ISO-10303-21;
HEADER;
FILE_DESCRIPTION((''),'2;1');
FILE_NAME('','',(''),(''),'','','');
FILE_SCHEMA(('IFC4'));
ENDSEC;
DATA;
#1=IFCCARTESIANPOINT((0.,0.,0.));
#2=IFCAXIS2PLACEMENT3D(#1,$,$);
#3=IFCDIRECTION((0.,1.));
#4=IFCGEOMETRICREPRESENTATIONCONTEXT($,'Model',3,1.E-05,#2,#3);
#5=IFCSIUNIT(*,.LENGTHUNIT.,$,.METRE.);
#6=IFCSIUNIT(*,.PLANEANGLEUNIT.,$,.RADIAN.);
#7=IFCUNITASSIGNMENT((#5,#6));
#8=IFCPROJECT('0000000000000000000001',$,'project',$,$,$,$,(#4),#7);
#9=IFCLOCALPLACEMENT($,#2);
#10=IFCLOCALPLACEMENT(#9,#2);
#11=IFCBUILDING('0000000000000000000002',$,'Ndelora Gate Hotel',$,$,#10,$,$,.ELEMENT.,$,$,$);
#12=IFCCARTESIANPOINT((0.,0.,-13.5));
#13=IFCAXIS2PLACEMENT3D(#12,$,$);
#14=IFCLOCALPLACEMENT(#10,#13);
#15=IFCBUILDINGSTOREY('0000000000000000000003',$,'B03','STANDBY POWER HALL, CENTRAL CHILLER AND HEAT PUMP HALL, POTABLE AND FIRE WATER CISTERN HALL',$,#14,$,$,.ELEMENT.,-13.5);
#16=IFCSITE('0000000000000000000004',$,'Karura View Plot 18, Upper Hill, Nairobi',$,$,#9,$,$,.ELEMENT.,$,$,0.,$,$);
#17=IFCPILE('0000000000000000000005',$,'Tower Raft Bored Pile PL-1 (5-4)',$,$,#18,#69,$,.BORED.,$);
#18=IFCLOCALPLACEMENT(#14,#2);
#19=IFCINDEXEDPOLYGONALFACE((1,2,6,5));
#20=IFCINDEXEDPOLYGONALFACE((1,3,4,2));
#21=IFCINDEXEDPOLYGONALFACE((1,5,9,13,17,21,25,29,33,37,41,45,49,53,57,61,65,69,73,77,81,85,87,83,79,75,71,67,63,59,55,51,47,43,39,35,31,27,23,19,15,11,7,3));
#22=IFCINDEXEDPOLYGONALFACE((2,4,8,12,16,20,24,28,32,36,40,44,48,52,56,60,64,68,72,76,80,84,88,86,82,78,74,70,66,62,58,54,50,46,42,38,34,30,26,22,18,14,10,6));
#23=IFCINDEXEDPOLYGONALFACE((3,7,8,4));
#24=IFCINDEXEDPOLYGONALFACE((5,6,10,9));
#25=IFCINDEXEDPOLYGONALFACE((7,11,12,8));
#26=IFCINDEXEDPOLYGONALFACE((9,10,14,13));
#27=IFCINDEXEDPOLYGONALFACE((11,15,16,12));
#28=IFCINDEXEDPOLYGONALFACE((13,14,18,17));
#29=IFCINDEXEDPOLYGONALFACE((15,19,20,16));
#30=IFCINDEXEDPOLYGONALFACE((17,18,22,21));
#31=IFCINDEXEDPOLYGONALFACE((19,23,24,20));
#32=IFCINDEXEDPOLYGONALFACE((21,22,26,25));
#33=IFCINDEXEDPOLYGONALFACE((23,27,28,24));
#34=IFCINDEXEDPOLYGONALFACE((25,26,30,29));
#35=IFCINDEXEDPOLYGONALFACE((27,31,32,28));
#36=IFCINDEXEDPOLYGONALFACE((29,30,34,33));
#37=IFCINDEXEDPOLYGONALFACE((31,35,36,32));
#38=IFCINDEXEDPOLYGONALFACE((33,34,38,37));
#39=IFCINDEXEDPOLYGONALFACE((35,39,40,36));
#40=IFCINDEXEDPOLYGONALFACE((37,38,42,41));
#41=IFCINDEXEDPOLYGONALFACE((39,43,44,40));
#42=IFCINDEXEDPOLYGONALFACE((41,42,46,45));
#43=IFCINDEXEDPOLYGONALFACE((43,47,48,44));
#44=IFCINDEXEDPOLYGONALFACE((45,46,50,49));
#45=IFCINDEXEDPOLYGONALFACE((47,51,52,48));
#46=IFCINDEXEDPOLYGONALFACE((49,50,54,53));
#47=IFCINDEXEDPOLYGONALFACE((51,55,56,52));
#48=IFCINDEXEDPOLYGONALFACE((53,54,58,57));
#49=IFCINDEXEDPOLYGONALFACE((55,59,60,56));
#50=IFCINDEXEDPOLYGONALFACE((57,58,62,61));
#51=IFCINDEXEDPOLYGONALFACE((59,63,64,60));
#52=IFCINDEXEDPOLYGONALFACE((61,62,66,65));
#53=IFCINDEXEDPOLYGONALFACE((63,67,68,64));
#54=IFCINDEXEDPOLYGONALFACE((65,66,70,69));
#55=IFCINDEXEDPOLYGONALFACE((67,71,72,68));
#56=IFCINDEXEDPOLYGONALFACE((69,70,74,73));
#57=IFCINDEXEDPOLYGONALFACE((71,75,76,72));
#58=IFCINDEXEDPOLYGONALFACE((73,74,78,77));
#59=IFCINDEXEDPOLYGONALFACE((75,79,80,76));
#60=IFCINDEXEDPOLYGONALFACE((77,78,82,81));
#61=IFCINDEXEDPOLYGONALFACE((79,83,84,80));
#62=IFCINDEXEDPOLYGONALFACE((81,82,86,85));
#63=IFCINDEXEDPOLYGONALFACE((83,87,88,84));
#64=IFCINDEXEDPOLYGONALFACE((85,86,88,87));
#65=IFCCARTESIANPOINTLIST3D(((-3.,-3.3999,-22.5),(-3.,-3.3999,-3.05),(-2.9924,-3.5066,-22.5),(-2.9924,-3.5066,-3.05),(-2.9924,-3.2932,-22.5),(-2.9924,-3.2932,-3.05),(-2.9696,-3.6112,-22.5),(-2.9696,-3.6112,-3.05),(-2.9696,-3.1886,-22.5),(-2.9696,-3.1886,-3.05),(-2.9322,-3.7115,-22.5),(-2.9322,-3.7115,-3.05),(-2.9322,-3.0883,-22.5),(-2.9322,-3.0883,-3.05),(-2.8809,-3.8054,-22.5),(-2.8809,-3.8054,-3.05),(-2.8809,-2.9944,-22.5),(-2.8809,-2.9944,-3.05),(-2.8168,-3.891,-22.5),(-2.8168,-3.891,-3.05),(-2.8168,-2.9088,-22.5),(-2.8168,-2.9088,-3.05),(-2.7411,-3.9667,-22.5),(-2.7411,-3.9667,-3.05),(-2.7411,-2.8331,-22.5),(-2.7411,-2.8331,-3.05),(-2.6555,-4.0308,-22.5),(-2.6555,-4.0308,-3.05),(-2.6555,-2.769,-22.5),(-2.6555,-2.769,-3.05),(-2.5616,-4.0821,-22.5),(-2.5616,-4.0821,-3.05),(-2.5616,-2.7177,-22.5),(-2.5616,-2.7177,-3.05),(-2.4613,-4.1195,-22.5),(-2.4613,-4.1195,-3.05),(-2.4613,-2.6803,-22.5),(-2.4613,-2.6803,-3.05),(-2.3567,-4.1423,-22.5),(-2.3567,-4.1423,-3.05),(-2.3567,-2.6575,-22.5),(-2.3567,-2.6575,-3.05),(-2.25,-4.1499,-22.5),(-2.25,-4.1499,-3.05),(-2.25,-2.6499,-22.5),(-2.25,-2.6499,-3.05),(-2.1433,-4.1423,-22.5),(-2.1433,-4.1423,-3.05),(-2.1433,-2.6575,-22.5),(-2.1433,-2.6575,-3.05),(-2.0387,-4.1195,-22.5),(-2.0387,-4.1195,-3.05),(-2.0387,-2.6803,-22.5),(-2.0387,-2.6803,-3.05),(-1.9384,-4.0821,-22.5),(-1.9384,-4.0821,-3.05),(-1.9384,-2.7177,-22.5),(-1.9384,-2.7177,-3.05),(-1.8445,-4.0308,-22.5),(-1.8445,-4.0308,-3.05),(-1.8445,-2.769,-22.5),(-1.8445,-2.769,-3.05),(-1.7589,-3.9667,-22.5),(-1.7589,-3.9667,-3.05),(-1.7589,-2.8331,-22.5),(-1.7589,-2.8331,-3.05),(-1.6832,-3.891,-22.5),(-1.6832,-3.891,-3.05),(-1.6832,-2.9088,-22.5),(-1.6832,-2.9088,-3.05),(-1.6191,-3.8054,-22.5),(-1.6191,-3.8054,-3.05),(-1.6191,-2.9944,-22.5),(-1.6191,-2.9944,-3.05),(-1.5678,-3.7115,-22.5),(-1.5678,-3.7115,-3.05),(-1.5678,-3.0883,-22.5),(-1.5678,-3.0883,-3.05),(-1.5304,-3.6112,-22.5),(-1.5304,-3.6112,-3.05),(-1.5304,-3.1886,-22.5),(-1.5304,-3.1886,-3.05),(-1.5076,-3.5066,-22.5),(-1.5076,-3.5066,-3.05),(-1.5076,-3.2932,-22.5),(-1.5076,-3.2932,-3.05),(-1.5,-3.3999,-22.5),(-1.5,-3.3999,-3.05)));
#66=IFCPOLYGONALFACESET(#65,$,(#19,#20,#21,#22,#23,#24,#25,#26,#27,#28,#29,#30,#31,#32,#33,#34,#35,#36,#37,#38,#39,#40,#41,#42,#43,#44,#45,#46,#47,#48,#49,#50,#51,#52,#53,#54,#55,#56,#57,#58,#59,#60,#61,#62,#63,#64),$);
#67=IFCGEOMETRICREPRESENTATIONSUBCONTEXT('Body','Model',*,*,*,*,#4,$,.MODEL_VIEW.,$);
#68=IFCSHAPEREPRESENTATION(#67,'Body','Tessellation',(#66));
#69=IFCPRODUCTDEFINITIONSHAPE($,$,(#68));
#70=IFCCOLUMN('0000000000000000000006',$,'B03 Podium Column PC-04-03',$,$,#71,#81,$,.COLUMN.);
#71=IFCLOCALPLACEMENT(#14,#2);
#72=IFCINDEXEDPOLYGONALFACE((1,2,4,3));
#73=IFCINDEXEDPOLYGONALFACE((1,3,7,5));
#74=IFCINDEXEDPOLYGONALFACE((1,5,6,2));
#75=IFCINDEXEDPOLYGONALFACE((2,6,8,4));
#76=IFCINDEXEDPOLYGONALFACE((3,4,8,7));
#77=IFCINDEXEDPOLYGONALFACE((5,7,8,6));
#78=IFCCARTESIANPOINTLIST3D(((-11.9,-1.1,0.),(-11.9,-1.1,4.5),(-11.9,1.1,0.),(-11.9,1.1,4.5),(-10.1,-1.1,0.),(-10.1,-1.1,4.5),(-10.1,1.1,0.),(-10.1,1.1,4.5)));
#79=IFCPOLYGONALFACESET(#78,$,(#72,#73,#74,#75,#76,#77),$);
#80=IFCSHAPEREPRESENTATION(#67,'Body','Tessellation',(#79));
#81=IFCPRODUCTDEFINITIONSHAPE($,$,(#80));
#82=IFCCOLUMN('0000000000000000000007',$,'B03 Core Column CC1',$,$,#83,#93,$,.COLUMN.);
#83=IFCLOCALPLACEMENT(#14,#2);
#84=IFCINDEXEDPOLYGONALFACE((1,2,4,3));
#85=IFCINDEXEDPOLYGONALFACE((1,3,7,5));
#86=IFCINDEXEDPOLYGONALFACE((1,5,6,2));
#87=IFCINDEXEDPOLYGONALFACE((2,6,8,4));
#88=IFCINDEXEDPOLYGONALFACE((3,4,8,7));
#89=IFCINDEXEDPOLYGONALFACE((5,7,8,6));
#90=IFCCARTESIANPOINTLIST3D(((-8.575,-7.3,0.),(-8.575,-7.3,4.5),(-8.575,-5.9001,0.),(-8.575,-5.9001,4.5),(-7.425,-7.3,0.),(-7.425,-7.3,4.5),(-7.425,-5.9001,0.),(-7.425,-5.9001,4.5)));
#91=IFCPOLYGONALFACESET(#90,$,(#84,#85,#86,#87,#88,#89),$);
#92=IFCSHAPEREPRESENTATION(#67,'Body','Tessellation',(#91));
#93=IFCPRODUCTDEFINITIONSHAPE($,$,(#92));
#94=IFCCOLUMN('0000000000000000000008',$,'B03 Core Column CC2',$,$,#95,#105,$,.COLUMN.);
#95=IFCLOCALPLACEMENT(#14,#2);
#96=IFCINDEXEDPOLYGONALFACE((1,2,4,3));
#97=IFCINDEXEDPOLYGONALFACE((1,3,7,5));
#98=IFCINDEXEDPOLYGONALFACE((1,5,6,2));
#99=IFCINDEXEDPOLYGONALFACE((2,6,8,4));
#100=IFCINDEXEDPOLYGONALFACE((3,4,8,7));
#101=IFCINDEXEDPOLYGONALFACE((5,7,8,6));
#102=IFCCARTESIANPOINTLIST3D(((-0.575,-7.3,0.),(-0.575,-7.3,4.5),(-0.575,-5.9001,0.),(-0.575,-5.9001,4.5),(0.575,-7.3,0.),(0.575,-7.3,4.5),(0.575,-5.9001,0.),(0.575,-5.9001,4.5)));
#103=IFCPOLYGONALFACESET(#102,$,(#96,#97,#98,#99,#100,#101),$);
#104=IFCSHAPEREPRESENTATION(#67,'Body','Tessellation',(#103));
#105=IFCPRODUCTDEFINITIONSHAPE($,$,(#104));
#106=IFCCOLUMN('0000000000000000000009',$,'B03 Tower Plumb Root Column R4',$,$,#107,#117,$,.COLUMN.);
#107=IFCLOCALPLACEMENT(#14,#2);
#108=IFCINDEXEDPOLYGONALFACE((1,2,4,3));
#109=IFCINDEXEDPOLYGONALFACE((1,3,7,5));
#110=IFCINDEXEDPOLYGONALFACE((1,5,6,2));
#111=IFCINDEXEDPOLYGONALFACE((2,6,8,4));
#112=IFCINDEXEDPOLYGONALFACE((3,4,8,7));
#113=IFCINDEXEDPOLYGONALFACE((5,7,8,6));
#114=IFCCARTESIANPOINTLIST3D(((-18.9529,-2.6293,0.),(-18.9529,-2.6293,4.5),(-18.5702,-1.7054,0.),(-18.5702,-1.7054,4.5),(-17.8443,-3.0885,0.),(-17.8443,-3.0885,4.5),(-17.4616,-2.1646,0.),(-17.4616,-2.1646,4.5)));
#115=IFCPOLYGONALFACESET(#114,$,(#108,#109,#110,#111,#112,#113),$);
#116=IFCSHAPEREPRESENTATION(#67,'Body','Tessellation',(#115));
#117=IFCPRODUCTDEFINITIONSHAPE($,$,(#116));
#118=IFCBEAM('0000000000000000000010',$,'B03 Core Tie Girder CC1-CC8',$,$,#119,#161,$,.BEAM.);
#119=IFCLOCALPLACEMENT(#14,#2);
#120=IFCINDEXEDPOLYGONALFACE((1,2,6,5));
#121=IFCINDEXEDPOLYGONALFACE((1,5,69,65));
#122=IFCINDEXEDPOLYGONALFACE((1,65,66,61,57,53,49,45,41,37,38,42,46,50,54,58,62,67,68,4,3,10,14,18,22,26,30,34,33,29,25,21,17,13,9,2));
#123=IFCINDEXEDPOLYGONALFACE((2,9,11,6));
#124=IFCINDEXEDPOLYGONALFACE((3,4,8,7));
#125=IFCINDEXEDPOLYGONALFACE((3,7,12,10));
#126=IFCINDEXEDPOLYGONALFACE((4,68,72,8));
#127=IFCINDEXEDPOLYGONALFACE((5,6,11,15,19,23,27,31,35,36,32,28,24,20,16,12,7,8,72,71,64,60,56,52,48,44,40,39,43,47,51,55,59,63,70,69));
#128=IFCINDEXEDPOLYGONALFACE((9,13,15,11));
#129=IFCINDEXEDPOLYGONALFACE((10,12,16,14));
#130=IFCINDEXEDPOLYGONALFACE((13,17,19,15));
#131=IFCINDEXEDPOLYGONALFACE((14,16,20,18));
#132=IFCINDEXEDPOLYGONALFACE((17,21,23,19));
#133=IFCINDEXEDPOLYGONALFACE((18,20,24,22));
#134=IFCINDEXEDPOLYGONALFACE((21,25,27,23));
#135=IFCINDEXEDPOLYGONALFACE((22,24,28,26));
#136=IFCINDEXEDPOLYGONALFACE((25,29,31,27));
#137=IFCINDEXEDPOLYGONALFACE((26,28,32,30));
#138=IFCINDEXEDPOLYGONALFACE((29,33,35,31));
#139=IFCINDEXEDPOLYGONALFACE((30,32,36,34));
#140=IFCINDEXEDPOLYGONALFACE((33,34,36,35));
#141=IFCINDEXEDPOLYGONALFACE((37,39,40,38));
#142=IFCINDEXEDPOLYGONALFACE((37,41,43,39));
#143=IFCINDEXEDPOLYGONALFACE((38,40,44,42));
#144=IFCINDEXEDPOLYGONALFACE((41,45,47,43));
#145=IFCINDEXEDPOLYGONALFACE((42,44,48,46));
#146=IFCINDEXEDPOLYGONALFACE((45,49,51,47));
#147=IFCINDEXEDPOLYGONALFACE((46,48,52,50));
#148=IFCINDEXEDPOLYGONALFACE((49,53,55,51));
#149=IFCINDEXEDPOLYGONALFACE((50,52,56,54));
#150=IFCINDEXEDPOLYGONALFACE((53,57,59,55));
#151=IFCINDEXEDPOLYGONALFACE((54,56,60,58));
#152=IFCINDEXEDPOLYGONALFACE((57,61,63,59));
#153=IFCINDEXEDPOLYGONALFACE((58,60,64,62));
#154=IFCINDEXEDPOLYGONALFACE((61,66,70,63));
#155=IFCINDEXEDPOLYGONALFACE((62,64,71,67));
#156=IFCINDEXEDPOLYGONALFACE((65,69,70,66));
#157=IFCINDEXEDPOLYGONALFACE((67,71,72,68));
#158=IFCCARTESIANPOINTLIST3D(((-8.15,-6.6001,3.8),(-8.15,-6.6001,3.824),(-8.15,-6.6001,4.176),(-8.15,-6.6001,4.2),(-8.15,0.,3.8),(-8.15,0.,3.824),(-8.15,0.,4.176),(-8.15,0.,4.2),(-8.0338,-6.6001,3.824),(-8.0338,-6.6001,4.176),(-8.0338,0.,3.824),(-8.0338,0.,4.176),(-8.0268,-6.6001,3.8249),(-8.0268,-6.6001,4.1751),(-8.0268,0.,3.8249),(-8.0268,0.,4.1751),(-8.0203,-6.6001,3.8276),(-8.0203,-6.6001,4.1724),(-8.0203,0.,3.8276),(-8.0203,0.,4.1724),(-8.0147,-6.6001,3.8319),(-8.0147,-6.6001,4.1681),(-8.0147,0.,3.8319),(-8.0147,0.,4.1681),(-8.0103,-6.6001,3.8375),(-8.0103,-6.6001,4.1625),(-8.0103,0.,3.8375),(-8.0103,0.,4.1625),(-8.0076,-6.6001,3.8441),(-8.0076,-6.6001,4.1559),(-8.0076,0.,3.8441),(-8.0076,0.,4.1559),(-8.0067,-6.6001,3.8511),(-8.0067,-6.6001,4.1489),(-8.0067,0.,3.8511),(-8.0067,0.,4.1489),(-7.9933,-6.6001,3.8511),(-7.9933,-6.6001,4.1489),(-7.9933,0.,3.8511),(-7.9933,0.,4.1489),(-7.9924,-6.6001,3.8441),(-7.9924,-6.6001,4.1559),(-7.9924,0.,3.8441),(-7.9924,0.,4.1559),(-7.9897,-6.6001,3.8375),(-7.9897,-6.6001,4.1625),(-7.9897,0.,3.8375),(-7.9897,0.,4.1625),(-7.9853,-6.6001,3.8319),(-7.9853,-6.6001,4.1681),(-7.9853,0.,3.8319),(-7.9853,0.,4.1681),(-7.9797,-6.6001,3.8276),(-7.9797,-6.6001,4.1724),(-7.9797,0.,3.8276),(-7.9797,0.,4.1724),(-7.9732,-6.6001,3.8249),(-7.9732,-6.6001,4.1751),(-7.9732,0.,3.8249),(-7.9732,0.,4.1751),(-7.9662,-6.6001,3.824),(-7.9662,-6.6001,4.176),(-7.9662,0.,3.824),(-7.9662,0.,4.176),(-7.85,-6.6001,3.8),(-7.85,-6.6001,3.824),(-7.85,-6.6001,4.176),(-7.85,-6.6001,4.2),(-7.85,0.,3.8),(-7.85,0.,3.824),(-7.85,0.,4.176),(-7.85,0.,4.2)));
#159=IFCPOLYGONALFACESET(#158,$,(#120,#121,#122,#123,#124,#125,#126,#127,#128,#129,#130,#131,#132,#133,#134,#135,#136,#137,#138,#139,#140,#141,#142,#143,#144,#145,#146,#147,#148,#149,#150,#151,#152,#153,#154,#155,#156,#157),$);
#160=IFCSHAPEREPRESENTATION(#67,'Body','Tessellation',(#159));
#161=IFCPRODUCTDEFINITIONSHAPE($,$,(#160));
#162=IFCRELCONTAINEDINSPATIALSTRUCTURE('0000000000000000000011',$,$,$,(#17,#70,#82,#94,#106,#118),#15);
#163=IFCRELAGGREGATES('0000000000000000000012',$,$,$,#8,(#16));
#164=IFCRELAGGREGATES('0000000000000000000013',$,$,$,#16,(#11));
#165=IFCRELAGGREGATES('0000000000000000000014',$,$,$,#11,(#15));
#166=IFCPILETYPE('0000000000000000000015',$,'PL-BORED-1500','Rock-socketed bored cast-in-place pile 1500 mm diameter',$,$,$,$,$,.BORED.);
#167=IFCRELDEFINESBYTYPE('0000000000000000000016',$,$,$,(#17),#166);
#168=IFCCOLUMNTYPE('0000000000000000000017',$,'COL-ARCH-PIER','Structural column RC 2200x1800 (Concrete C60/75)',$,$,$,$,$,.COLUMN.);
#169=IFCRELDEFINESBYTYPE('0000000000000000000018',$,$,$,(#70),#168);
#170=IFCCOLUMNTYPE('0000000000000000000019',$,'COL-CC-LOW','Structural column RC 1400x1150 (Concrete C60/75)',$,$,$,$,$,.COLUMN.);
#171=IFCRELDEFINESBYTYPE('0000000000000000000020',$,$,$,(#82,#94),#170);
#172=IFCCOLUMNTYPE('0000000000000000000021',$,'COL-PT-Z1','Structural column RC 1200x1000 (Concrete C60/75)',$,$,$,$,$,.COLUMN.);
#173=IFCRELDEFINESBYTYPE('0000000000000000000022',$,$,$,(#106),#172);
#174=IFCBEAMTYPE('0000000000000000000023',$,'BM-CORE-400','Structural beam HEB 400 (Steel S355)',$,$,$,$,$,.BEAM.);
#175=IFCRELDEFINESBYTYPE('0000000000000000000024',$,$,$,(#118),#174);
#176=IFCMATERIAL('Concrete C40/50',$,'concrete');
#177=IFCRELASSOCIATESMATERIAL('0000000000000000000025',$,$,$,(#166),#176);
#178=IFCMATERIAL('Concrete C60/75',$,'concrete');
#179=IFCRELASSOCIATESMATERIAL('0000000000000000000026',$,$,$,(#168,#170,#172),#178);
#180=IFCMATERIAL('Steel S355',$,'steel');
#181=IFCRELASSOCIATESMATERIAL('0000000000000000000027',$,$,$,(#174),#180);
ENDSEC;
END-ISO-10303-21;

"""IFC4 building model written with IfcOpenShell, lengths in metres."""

from ifc_helpers import new_model, si_unit, direction, frame, origin, origin_2d, place, context, subcontext, project, spatial, rectangle, circle, i_section, extrude, material, material_profile, profile_set, type_object, element, save


model = new_model("IFC4")

# Units and contexts
model_context = context("Model", 3, precision=1e-05, world=origin(), true_north=direction((0.0, 1.0)))
body_context = subcontext(model_context, "Body", "Model", "MODEL_VIEW")
ifc_project = project(units=[si_unit("LENGTHUNIT", "METRE"), si_unit("PLANEANGLEUNIT", "RADIAN")], contexts=[model_context])

# Site, building, storey
site_placement = place(None, origin())
site = spatial("IfcSite", under=ifc_project, at=site_placement, Name="Karura View Plot 18, Upper Hill, Nairobi", CompositionType="ELEMENT", RefElevation=0.0)
building_placement = place(site_placement, origin())
building = spatial("IfcBuilding", under=site, at=building_placement, Name="Ndelora Gate Hotel", CompositionType="ELEMENT")
storey_placement = place(building_placement, frame((0.0, 0.0, -13.5)))
storey = spatial("IfcBuildingStorey", under=building, at=storey_placement, Name="B03", Description="STANDBY POWER HALL, CENTRAL CHILLER AND HEAT PUMP HALL, POTABLE AND FIRE WATER CISTERN HALL", CompositionType="ELEMENT", Elevation=-13.5)

# Pile
ifc_material_1 = material(Name="Concrete C40/50", Category="concrete")
ifc_material_profile_1 = material_profile(ifc_material_1, circle(Radius=0.75, at=origin_2d()), Name="PILE D1500")
ifc_profile_set_1 = profile_set([ifc_material_profile_1], Name="Concrete C40/50")
pile_type = type_object("IfcPileType", Name="PL-BORED-1500", Description="Rock-socketed bored cast-in-place pile 1500 mm diameter", PredefinedType="BORED", material=ifc_profile_set_1)
for number, where, z_axis, x_axis, name in (
    (1, (-2.25, -3.3999, -3.05), (0.0, 0.0, -1.0), (1.0, 0.0, 0.0), "Tower Raft Bored Pile PL-1 (5-4)"),
):
    element("IfcPile", number, at=place(storey_placement, frame(where, z_axis=z_axis, x_axis=x_axis)), inside=storey, type_object=pile_type, Name=name, PredefinedType="BORED", context=body_context, shape_type="SweptSolid", body=[
        extrude(circle(Radius=0.75, at=origin_2d()), origin(), (0.0, 0.0, 1.0), 19.45),
    ])

# Columns
ifc_material_2 = material(Name="Concrete C60/75", Category="concrete")
ifc_material_profile_2 = material_profile(ifc_material_2, rectangle(XDim=1.8, YDim=2.2, at=origin_2d()), Name="RC 2200x1800")
ifc_profile_set_2 = profile_set([ifc_material_profile_2], Name="Concrete C60/75")
column_type_1 = type_object("IfcColumnType", Name="COL-ARCH-PIER", Description="Structural column RC 2200x1800 (Concrete C60/75)", PredefinedType="COLUMN", material=ifc_profile_set_2)
column_1_placement = place(storey_placement, frame((-11.0, 0.0, 0.0), z_axis=(0.0, 0.0, 1.0), x_axis=(1.0, 0.0, 0.0)))
element("IfcColumn", 2, at=column_1_placement, inside=storey, type_object=column_type_1, Name="B03 Podium Column PC-04-03", PredefinedType="COLUMN", context=body_context, shape_type="SweptSolid", body=[
    extrude(rectangle(XDim=1.8, YDim=2.2, at=origin_2d()), origin(), (0.0, 0.0, 1.0), 4.5),
])
ifc_material_profile_3 = material_profile(ifc_material_2, rectangle(XDim=1.1499, YDim=1.3999, at=origin_2d()), Name="RC 1400x1150")
ifc_profile_set_3 = profile_set([ifc_material_profile_3], Name="Concrete C60/75")
column_type_2 = type_object("IfcColumnType", Name="COL-CC-LOW", Description="Structural column RC 1400x1150 (Concrete C60/75)", PredefinedType="COLUMN", material=ifc_profile_set_3)
for number, where, z_axis, x_axis, name in (
    (3, (-8.0, -6.6001, 0.0), (0.0, 0.0, 1.0), (1.0, 0.0, 0.0), "B03 Core Column CC1"),
    (4, (0.0, -6.6001, 0.0), (0.0, 0.0, 1.0), (1.0, 0.0, 0.0), "B03 Core Column CC2"),
):
    element("IfcColumn", number, at=place(storey_placement, frame(where, z_axis=z_axis, x_axis=x_axis)), inside=storey, type_object=column_type_2, Name=name, PredefinedType="COLUMN", context=body_context, shape_type="SweptSolid", body=[
        extrude(rectangle(XDim=1.1499, YDim=1.3999, at=origin_2d()), origin(), (0.0, 0.0, 1.0), 4.5),
    ])
ifc_material_profile_4 = material_profile(ifc_material_2, rectangle(XDim=1.0, YDim=1.2, at=origin_2d()), Name="RC 1200x1000")
ifc_profile_set_4 = profile_set([ifc_material_profile_4], Name="Concrete C60/75")
column_type_3 = type_object("IfcColumnType", Name="COL-PT-Z1", Description="Structural column RC 1200x1000 (Concrete C60/75)", PredefinedType="COLUMN", material=ifc_profile_set_4)
column_2_placement = place(storey_placement, frame((-18.2073, -2.397, 0.0), z_axis=(0.0, 0.0, 1.0), x_axis=(0.382683, 0.92388, 0.0)))
element("IfcColumn", 5, at=column_2_placement, inside=storey, type_object=column_type_3, Name="B03 Tower Plumb Root Column R4", PredefinedType="COLUMN", context=body_context, shape_type="SweptSolid", body=[
    extrude(rectangle(XDim=1.0, YDim=1.2, at=origin_2d()), origin(), (0.0, 0.0, 1.0), 4.5),
])

# Beam
ifc_material_3 = material(Name="Steel S355", Category="steel")
ifc_material_profile_5 = material_profile(ifc_material_3, i_section(OverallWidth=0.3, OverallDepth=0.3999, WebThickness=0.0134, FlangeThickness=0.0239, FilletRadius=0.0271, at=origin_2d()), Name="HEB 400")
ifc_profile_set_5 = profile_set([ifc_material_profile_5], Name="Steel S355")
beam_type_1 = type_object("IfcBeamType", Name="BM-CORE-400", Description="Structural beam HEB 400 (Steel S355)", PredefinedType="BEAM", material=ifc_profile_set_5)
beam_1_placement = place(storey_placement, frame((-8.0, -6.6001, 4.0), z_axis=(0.0, 1.0, 0.0), x_axis=(-1.0, 0.0, 0.0)))
element("IfcBeam", 6, at=beam_1_placement, inside=storey, type_object=beam_type_1, Name="B03 Core Tie Girder CC1-CC8", PredefinedType="BEAM", context=body_context, shape_type="SweptSolid", body=[
    extrude(i_section(OverallWidth=0.3, OverallDepth=0.3999, WebThickness=0.0134, FlangeThickness=0.0239, FilletRadius=0.0271, at=origin_2d()), origin(), (0.0, 0.0, 1.0), 6.6001),
])

save(model, "model.ifc")
